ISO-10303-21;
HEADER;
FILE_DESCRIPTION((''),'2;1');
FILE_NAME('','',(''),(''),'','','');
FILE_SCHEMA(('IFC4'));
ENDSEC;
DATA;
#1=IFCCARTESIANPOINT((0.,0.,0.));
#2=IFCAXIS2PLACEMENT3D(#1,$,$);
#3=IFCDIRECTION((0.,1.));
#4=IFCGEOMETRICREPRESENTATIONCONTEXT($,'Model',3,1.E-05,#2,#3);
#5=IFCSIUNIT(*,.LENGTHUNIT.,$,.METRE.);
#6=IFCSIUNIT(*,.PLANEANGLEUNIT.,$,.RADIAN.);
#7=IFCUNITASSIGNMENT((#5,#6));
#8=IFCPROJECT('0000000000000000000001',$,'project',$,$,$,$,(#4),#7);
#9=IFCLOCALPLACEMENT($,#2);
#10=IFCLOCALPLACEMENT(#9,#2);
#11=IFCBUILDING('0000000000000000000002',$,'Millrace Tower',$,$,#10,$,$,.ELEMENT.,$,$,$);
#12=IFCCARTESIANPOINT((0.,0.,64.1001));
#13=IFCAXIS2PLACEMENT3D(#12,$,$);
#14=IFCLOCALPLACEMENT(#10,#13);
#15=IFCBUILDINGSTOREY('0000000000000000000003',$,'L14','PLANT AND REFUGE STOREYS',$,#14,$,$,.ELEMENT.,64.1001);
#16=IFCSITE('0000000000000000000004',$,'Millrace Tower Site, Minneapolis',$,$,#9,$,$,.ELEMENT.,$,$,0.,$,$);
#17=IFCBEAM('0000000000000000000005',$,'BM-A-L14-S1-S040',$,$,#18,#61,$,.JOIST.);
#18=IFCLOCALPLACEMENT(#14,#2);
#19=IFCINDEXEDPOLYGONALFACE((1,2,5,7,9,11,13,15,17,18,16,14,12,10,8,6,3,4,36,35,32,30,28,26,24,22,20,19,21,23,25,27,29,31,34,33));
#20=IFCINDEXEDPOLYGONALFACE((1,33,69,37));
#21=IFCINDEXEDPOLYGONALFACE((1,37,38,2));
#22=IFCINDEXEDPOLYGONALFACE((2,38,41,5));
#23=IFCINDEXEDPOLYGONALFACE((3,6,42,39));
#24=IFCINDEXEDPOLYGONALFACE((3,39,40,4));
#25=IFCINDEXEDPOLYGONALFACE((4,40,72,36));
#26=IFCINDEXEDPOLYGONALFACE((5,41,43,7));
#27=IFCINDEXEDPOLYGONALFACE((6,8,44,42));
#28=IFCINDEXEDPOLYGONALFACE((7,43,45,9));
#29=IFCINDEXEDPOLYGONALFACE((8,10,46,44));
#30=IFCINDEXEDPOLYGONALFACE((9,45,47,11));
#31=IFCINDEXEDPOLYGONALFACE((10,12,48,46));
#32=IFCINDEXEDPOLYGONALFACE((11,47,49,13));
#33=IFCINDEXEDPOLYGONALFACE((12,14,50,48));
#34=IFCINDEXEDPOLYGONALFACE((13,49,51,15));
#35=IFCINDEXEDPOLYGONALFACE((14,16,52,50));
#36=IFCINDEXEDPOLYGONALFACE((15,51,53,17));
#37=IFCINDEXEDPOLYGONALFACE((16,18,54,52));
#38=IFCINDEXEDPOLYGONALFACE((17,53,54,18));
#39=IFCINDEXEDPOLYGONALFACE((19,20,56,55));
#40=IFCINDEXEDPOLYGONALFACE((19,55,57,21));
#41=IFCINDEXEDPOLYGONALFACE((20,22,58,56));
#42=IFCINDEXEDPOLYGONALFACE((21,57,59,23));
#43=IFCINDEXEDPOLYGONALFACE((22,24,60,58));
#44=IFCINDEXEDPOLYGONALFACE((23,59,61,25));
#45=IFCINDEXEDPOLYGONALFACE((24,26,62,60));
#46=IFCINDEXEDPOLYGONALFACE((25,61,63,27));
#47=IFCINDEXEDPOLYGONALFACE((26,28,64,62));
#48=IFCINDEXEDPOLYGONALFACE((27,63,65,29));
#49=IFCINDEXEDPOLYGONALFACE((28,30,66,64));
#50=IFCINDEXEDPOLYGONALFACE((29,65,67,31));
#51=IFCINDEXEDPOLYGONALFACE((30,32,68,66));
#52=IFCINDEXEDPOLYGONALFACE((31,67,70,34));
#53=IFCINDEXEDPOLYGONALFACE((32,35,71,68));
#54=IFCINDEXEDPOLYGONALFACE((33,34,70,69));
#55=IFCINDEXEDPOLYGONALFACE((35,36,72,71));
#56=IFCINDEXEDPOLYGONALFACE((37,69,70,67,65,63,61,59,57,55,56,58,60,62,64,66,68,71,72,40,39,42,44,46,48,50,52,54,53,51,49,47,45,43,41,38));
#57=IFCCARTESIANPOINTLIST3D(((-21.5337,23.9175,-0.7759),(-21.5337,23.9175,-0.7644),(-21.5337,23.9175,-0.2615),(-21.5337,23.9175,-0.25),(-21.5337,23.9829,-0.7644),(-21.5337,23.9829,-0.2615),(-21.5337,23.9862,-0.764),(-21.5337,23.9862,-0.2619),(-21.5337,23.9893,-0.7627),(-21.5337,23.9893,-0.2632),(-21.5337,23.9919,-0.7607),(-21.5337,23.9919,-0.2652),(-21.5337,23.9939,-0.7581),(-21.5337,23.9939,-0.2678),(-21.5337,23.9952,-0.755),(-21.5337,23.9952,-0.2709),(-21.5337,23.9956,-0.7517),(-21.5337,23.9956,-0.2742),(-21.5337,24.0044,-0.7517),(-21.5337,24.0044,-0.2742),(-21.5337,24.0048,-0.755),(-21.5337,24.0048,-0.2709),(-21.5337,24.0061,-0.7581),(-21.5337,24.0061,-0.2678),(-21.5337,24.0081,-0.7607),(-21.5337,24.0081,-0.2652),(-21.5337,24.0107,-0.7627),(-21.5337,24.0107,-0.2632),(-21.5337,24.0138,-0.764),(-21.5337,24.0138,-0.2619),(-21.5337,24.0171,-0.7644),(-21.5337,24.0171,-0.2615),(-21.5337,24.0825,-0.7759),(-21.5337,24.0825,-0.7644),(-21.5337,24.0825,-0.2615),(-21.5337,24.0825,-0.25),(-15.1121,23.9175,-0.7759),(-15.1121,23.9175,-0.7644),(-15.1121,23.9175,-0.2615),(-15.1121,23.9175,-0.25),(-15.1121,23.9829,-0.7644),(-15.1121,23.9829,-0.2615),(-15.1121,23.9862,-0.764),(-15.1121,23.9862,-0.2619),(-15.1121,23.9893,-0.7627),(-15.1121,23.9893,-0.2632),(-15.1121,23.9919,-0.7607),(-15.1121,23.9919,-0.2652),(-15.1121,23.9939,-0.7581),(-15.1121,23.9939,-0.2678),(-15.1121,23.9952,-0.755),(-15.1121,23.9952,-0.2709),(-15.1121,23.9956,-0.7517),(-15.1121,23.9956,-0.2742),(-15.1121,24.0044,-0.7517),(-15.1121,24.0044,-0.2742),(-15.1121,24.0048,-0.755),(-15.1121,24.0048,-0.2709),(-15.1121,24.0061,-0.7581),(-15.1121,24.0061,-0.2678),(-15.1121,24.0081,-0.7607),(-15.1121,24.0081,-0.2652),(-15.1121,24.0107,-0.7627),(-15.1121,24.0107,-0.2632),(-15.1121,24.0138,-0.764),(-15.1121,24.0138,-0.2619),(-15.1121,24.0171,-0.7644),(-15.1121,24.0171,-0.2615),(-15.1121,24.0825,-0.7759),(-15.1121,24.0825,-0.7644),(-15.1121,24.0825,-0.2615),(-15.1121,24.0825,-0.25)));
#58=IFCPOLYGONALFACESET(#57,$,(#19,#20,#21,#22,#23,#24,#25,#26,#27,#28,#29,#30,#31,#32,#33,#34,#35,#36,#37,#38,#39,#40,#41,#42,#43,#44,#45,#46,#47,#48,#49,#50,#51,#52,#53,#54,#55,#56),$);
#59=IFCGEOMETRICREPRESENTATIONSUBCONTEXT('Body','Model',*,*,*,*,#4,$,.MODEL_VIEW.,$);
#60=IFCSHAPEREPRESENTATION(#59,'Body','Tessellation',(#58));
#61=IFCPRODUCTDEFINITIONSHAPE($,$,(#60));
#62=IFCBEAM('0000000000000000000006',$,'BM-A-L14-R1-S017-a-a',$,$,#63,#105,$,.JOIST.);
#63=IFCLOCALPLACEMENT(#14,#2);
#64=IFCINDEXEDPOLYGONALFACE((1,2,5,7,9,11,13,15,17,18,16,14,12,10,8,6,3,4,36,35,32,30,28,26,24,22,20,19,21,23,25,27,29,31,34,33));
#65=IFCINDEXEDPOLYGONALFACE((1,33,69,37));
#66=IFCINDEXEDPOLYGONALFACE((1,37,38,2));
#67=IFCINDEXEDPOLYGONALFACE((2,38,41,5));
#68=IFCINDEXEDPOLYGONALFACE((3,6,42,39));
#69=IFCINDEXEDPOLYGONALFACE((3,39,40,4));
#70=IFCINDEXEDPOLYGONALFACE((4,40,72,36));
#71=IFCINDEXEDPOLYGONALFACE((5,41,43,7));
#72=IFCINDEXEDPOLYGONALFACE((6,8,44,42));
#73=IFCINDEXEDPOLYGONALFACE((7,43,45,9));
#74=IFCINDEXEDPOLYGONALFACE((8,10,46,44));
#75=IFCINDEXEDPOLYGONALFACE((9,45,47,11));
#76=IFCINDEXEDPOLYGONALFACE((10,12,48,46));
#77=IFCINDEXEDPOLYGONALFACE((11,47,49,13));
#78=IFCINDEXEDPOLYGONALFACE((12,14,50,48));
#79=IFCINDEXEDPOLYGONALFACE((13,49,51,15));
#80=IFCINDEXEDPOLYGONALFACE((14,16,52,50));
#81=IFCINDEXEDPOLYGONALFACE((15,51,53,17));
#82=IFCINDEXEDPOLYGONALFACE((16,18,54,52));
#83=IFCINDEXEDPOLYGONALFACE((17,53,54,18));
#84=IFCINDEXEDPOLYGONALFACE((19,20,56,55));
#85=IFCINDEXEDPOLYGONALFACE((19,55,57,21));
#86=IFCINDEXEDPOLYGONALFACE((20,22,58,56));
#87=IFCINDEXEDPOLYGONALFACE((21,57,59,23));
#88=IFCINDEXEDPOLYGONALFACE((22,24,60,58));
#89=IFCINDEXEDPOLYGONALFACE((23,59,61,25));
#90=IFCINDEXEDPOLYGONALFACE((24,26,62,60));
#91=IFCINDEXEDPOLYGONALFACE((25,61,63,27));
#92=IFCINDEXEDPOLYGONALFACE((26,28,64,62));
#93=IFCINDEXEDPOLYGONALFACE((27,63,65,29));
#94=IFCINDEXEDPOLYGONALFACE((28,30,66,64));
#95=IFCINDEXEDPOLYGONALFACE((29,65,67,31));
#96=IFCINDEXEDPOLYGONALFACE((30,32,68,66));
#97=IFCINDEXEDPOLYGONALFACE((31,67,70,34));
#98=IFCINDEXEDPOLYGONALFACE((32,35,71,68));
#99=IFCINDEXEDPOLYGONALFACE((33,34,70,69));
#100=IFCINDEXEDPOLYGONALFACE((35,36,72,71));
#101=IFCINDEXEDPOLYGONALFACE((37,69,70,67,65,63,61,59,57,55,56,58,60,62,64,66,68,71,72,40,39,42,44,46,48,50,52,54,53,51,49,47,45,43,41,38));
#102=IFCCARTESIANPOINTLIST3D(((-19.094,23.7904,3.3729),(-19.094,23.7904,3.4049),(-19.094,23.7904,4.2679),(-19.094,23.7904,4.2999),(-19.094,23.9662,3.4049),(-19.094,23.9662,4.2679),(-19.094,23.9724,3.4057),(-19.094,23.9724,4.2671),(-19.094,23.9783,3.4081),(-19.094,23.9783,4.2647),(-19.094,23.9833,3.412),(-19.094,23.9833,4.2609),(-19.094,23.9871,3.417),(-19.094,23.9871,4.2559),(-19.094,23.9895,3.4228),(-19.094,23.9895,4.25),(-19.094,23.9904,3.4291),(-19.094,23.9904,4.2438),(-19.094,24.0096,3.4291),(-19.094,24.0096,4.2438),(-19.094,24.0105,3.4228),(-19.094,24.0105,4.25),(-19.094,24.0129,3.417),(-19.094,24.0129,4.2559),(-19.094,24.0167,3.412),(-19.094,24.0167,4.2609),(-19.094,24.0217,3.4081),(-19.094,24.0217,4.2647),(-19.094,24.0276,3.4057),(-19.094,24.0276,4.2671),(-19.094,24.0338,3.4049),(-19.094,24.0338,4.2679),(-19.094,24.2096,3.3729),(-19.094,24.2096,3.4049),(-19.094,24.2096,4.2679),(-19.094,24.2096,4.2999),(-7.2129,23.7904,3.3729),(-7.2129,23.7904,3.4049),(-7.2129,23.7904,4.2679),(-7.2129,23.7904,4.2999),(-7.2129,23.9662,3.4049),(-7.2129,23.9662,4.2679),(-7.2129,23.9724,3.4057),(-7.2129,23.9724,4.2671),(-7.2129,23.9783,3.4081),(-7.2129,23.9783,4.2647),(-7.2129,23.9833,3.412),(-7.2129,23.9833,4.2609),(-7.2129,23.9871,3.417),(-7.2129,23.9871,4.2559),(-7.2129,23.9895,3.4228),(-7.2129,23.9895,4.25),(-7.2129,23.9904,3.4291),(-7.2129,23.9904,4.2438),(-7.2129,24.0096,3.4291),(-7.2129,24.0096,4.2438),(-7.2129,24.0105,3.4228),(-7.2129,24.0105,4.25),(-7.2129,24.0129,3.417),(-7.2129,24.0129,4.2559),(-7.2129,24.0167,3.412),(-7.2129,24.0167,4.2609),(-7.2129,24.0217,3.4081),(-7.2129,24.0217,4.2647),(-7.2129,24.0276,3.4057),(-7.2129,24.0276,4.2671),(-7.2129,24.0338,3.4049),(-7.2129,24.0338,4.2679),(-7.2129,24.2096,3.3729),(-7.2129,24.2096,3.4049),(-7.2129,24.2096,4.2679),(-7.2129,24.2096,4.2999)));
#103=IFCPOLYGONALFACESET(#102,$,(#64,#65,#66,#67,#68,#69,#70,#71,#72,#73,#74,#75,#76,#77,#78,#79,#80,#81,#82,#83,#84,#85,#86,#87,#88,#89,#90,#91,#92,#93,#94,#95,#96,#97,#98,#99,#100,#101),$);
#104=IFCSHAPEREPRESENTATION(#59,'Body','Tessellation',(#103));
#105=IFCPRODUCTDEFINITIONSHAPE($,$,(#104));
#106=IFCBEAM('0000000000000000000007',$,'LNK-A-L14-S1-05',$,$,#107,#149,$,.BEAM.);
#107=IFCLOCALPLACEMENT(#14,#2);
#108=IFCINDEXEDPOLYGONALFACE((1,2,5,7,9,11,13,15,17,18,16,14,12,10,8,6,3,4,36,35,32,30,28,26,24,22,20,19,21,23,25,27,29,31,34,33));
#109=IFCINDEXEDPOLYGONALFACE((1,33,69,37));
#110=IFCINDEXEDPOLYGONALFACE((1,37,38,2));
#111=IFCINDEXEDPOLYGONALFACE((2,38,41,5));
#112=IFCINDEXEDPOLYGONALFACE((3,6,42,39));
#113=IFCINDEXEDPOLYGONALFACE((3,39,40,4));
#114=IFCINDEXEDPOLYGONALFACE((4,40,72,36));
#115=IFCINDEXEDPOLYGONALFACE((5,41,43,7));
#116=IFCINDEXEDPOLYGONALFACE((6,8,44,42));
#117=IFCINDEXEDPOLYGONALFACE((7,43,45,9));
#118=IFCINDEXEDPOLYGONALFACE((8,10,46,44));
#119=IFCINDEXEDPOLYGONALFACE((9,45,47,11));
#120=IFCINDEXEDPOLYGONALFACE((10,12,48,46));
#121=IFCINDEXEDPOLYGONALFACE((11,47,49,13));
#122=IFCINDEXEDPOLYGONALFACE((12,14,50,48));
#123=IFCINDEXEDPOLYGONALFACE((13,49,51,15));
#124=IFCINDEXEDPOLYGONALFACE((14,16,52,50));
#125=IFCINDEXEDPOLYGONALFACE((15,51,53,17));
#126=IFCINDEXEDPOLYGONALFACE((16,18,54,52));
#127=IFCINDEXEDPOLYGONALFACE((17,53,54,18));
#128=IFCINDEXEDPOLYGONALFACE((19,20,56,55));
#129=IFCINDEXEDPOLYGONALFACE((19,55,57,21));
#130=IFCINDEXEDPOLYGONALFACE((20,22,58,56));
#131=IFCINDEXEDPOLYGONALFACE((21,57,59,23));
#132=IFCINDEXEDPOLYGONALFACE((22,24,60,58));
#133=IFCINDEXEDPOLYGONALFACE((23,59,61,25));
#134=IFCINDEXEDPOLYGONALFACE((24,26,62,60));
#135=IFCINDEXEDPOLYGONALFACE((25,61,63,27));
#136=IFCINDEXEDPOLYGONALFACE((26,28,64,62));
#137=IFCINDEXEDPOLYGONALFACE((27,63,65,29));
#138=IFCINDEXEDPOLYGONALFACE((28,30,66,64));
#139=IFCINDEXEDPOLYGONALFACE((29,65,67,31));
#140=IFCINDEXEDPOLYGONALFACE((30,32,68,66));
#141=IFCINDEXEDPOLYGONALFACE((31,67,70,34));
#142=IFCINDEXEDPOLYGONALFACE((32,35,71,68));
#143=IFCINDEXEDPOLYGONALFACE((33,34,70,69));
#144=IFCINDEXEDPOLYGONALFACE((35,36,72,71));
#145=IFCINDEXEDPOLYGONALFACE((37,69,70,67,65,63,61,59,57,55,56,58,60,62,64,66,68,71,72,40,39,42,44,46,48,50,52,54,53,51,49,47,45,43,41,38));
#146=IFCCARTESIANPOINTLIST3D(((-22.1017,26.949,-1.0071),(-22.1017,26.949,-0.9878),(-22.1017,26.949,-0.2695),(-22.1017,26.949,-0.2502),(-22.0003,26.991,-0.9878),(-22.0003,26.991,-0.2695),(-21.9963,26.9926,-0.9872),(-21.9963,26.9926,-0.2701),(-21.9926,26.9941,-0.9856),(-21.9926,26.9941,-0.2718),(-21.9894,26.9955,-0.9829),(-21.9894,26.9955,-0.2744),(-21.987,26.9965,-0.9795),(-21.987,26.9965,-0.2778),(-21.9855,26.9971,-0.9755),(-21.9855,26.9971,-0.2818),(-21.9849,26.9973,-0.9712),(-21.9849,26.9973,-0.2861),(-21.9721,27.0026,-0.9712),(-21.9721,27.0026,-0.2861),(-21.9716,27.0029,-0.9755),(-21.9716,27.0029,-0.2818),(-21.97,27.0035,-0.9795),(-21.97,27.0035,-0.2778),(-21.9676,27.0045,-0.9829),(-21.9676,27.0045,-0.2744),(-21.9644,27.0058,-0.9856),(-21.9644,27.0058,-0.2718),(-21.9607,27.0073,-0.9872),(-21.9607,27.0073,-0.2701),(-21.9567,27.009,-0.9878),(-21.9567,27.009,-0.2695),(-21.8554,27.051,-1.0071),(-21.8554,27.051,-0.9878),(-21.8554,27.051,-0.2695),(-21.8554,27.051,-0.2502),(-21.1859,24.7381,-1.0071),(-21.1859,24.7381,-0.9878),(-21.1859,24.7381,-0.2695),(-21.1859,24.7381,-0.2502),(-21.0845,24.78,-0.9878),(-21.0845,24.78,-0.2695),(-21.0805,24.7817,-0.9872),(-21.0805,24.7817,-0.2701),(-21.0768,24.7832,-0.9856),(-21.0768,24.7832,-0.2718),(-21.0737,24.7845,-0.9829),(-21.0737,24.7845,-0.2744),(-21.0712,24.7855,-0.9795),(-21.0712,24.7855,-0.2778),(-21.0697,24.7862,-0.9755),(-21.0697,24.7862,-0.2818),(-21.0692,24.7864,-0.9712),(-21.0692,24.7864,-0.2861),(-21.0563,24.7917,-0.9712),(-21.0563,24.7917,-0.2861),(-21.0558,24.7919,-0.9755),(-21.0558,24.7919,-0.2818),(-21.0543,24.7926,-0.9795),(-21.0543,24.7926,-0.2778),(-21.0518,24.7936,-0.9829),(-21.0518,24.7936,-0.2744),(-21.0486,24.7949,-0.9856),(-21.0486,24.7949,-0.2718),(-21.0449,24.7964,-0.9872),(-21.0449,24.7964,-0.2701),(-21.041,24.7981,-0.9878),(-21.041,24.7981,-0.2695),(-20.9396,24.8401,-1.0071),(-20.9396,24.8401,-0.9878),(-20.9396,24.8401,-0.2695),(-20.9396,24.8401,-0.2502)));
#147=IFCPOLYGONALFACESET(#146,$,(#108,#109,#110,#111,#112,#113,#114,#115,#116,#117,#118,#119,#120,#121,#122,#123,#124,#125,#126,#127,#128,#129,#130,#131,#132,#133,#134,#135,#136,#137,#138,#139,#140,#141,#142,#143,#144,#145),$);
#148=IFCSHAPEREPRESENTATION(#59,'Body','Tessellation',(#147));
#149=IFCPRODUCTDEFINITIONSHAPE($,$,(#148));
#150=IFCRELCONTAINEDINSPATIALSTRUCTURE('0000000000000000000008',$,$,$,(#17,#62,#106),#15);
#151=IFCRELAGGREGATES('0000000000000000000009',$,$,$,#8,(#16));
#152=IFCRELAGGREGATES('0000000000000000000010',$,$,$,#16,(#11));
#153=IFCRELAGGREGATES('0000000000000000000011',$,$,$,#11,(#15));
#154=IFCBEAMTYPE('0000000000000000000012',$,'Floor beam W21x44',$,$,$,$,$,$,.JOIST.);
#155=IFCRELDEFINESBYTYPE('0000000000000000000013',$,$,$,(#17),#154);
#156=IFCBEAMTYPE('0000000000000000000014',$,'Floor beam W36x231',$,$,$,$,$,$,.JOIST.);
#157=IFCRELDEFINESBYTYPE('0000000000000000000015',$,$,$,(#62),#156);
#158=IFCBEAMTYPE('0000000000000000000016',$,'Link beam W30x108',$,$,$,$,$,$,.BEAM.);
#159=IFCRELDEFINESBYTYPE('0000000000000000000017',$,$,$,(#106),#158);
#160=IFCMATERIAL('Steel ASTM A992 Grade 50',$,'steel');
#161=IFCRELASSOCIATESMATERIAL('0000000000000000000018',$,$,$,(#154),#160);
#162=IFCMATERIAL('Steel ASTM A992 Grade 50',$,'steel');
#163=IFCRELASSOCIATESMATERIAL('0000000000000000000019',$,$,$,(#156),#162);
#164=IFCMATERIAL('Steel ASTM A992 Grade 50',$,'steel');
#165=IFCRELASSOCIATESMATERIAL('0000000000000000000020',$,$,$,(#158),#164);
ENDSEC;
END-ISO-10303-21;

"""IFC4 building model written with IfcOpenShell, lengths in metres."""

from ifc_helpers import new_model, si_unit, direction, frame, origin, origin_2d, place, context, subcontext, project, spatial, i_section, extrude, material, material_profile, profile_set, type_object, element, save


model = new_model("IFC4")

# Units and contexts
model_context = context("Model", 3, precision=1e-05, world=origin(), true_north=direction((0.0, 1.0)))
body_context = subcontext(model_context, "Body", "Model", "MODEL_VIEW")
ifc_project = project(units=[si_unit("LENGTHUNIT", "METRE"), si_unit("PLANEANGLEUNIT", "RADIAN")], contexts=[model_context])

# Site, building, storey
site_placement = place(None, origin())
site = spatial("IfcSite", under=ifc_project, at=site_placement, Name="Millrace Tower Site, Minneapolis", CompositionType="ELEMENT", RefElevation=0.0)
building_placement = place(site_placement, origin())
building = spatial("IfcBuilding", under=site, at=building_placement, Name="Millrace Tower", CompositionType="ELEMENT")
storey_placement = place(building_placement, frame((0.0, 0.0, 64.1001)))
storey = spatial("IfcBuildingStorey", under=building, at=storey_placement, Name="L14", Description="PLANT AND REFUGE STOREYS", CompositionType="ELEMENT", Elevation=64.1001)

# Beams
ifc_material_1 = material(Name="Steel ASTM A992 Grade 50", Category="steel")
ifc_material_profile_1 = material_profile(ifc_material_1, i_section(OverallWidth=0.165, OverallDepth=0.5259, WebThickness=0.0088, FlangeThickness=0.0115, FilletRadius=0.0127, at=origin_2d()))
ifc_profile_set_1 = profile_set([ifc_material_profile_1], Name="Steel ASTM A992 Grade 50")
beam_type_1 = type_object("IfcBeamType", Name="Floor beam W21x44", PredefinedType="JOIST", material=ifc_profile_set_1)
beam_1_placement = place(storey_placement, frame((-21.5337, 24.0, -0.5129), z_axis=(1.0, 0.0, 0.0), x_axis=(0.0, 1.0, 0.0)))
element("IfcBeam", 1, at=beam_1_placement, inside=storey, type_object=beam_type_1, Name="BM-A-L14-S1-S040", PredefinedType="JOIST", context=body_context, shape_type="SweptSolid", body=[
    extrude(i_section(OverallWidth=0.165, OverallDepth=0.5259, WebThickness=0.0088, FlangeThickness=0.0115, FilletRadius=0.0127, at=origin_2d()), origin(), (0.0, 0.0, 1.0), 6.4216),
])
ifc_material_2 = material(Name="Steel ASTM A992 Grade 50", Category="steel")
ifc_material_profile_2 = material_profile(ifc_material_2, i_section(OverallWidth=0.4192, OverallDepth=0.927, WebThickness=0.0193, FlangeThickness=0.032, FilletRadius=0.0242, at=origin_2d()))
ifc_profile_set_2 = profile_set([ifc_material_profile_2], Name="Steel ASTM A992 Grade 50")
beam_type_2 = type_object("IfcBeamType", Name="Floor beam W36x231", PredefinedType="JOIST", material=ifc_profile_set_2)
beam_2_placement = place(storey_placement, frame((-19.094, 24.0, 3.8364), z_axis=(1.0, 0.0, 0.0), x_axis=(0.0, 1.0, 0.0)))
element("IfcBeam", 2, at=beam_2_placement, inside=storey, type_object=beam_type_2, Name="BM-A-L14-R1-S017-a-a", PredefinedType="JOIST", context=body_context, shape_type="SweptSolid", body=[
    extrude(i_section(OverallWidth=0.4192, OverallDepth=0.927, WebThickness=0.0193, FlangeThickness=0.032, FilletRadius=0.0242, at=origin_2d()), origin(), (0.0, 0.0, 1.0), 11.8811),
])
ifc_material_3 = material(Name="Steel ASTM A992 Grade 50", Category="steel")
ifc_material_profile_3 = material_profile(ifc_material_3, i_section(OverallWidth=0.2666, OverallDepth=0.7568, WebThickness=0.0139, FlangeThickness=0.0193, FilletRadius=0.0166, at=origin_2d()))
ifc_profile_set_3 = profile_set([ifc_material_profile_3], Name="Steel ASTM A992 Grade 50")
beam_type_3 = type_object("IfcBeamType", Name="Link beam W30x108", PredefinedType="BEAM", material=ifc_profile_set_3)
beam_3_placement = place(storey_placement, frame((-21.0627, 24.7891, -0.6287), z_axis=(-0.382673, 0.923884, 0.0), x_axis=(-0.923884, -0.382673, 0.0)))
element("IfcBeam", 3, at=beam_3_placement, inside=storey, type_object=beam_type_3, Name="LNK-A-L14-S1-05", PredefinedType="BEAM", context=body_context, shape_type="SweptSolid", body=[
    extrude(i_section(OverallWidth=0.2666, OverallDepth=0.7568, WebThickness=0.0139, FlangeThickness=0.0193, FilletRadius=0.0166, at=origin_2d()), origin(), (0.0, 0.0, 1.0), 2.3931),
])

save(model, "model.ifc")
